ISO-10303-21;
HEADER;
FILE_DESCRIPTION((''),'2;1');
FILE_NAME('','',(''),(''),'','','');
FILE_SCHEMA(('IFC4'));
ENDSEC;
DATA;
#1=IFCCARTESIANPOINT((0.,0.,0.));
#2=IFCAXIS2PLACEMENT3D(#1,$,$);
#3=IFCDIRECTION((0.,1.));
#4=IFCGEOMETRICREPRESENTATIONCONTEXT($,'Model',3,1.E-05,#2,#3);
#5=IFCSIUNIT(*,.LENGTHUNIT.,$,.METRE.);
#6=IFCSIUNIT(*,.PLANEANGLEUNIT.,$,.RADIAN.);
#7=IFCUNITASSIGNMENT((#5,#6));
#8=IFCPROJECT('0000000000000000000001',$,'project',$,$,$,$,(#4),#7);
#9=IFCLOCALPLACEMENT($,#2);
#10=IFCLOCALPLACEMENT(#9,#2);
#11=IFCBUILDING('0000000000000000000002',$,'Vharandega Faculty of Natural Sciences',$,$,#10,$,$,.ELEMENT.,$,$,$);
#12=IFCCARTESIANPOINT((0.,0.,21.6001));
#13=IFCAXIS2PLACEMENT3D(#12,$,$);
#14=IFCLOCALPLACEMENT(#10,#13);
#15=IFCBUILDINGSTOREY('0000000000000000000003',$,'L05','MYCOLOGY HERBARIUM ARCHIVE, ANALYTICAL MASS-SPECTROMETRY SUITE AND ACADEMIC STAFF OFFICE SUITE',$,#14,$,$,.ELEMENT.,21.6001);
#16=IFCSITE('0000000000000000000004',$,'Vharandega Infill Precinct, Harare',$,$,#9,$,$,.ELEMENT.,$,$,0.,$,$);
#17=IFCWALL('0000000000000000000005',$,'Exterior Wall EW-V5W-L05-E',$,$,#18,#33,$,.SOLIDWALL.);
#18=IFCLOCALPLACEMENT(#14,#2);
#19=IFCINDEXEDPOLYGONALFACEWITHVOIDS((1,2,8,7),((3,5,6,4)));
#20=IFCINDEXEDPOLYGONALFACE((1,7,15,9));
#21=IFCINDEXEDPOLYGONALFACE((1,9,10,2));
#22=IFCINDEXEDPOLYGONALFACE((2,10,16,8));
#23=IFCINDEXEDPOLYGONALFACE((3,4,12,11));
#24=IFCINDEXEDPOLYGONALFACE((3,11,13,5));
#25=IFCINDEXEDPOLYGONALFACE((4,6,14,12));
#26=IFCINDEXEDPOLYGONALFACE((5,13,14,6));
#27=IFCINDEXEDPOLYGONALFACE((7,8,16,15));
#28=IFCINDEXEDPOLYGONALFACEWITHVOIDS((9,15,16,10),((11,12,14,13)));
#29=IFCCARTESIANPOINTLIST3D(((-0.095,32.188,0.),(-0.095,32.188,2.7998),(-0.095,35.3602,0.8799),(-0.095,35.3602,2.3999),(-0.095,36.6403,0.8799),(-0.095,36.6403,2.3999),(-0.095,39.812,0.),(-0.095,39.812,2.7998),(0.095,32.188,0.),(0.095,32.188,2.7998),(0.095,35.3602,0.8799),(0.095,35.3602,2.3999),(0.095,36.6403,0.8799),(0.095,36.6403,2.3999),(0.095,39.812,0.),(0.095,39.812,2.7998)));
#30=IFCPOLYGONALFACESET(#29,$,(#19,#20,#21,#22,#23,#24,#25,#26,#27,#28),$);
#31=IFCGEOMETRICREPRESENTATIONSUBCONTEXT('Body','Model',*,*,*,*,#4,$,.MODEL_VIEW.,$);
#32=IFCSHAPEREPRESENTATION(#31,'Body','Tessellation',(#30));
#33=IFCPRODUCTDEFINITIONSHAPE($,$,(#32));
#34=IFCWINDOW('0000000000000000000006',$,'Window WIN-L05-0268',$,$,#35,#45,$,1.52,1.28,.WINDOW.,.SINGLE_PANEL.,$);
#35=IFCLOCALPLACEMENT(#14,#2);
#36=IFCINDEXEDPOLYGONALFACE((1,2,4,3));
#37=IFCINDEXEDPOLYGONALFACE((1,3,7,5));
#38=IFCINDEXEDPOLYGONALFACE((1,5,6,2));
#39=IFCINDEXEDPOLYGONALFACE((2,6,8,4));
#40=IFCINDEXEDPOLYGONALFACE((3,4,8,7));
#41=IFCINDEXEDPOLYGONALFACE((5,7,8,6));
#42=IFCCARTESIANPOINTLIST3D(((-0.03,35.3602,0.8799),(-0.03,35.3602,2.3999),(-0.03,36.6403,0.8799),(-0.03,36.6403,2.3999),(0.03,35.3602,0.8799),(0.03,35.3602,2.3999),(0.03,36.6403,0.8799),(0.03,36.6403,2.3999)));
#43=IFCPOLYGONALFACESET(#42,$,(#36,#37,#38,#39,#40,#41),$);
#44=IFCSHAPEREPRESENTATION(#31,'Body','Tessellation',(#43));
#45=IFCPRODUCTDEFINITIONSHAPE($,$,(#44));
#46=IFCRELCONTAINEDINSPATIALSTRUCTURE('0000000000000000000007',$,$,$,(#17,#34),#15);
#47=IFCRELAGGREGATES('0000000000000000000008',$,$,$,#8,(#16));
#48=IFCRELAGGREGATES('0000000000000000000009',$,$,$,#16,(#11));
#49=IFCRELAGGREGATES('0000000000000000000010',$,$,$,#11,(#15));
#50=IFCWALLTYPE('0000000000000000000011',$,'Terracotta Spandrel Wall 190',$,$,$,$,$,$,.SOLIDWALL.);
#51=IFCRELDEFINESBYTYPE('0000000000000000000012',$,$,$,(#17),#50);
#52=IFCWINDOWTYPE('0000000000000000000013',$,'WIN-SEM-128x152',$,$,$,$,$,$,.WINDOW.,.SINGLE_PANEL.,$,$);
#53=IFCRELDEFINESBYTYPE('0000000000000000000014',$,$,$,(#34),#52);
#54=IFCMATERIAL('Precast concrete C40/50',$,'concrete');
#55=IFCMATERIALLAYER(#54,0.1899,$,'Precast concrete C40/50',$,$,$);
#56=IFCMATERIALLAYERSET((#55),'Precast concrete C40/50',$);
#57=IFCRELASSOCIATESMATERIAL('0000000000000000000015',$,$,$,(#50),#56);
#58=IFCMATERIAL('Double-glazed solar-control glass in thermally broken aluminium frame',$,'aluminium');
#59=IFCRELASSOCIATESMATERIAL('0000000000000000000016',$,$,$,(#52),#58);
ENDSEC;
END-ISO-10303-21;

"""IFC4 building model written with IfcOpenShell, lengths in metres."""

from ifc_helpers import new_model, si_unit, direction, frame, frame_2d, origin, place, context, subcontext, project, spatial, rectangle, extrude, material, layer, layer_set, type_object, element, fill, save


model = new_model("IFC4")

# Units and contexts
model_context = context("Model", 3, precision=1e-05, world=origin(), true_north=direction((0.0, 1.0)))
body_context = subcontext(model_context, "Body", "Model", "MODEL_VIEW")
ifc_project = project(units=[si_unit("LENGTHUNIT", "METRE"), si_unit("PLANEANGLEUNIT", "RADIAN")], contexts=[model_context])

# Site, building, storey
site_placement = place(None, origin())
site = spatial("IfcSite", under=ifc_project, at=site_placement, Name="Vharandega Infill Precinct, Harare", CompositionType="ELEMENT", RefElevation=0.0)
building_placement = place(site_placement, origin())
building = spatial("IfcBuilding", under=site, at=building_placement, Name="Vharandega Faculty of Natural Sciences", CompositionType="ELEMENT")
storey_placement = place(building_placement, frame((0.0, 0.0, 21.6001)))
storey = spatial("IfcBuildingStorey", under=building, at=storey_placement, Name="L05", Description="MYCOLOGY HERBARIUM ARCHIVE, ANALYTICAL MASS-SPECTROMETRY SUITE AND ACADEMIC STAFF OFFICE SUITE", CompositionType="ELEMENT", Elevation=21.6001)

# Wall, opening, window
ifc_material_1 = material(Name="Precast concrete C40/50", Category="concrete")
ifc_layer_1 = layer(ifc_material_1, 0.1899, Name="Precast concrete C40/50")
ifc_layer_set_1 = layer_set([ifc_layer_1], Name="Precast concrete C40/50")
wall_type = type_object("IfcWallType", Name="Terracotta Spandrel Wall 190", PredefinedType="SOLIDWALL", material=ifc_layer_set_1)
wall_placement = place(storey_placement, frame((0.0, 32.188, 0.0), z_axis=(0.0, 0.0, 1.0), x_axis=(0.0, 1.0, 0.0)))
wall = element("IfcWall", 1, at=wall_placement, inside=storey, type_object=wall_type, Name="Exterior Wall EW-V5W-L05-E", PredefinedType="SOLIDWALL", context=body_context, shape_type="SweptSolid", body=[
    extrude(rectangle(XDim=7.624, YDim=0.1899, at=frame_2d((3.812, 0.0))), origin(), (0.0, 0.0, 1.0), 2.7998),
])
opening_placement = place(wall_placement, frame((3.1721, 0.0, 0.8799)))
opening = element("IfcOpeningElement", 2, at=opening_placement, cuts=wall, PredefinedType="OPENING", context=body_context, shape_type="SweptSolid", body=[
    extrude(rectangle(XDim=1.28, YDim=1.52, at=frame_2d((0.6401, 0.76))), frame((0.0, 0.105, 0.0), z_axis=(0.0, -1.0, 0.0), x_axis=(1.0, 0.0, 0.0)), (0.0, 0.0, 1.0), 0.21),
])
ifc_material_2 = material(Name="Double-glazed solar-control glass in thermally broken aluminium frame", Category="aluminium")
window_type = type_object("IfcWindowType", Name="WIN-SEM-128x152", PartitioningType="SINGLE_PANEL", PredefinedType="WINDOW", material=ifc_material_2)
window_placement = place(opening_placement, origin())
window = element("IfcWindow", 3, at=window_placement, inside=storey, type_object=window_type, Name="Window WIN-L05-0268", OverallHeight=1.52, OverallWidth=1.28, PartitioningType="SINGLE_PANEL", PredefinedType="WINDOW", context=body_context, shape_type="SweptSolid", body=[
    extrude(rectangle(XDim=1.28, YDim=1.52, at=frame_2d((0.6401, 0.76))), frame((0.0, 0.03, 0.0), z_axis=(0.0, -1.0, 0.0), x_axis=(1.0, 0.0, 0.0)), (0.0, 0.0, 1.0), 0.0601),
])
fill(opening, window)

save(model, "model.ifc")
